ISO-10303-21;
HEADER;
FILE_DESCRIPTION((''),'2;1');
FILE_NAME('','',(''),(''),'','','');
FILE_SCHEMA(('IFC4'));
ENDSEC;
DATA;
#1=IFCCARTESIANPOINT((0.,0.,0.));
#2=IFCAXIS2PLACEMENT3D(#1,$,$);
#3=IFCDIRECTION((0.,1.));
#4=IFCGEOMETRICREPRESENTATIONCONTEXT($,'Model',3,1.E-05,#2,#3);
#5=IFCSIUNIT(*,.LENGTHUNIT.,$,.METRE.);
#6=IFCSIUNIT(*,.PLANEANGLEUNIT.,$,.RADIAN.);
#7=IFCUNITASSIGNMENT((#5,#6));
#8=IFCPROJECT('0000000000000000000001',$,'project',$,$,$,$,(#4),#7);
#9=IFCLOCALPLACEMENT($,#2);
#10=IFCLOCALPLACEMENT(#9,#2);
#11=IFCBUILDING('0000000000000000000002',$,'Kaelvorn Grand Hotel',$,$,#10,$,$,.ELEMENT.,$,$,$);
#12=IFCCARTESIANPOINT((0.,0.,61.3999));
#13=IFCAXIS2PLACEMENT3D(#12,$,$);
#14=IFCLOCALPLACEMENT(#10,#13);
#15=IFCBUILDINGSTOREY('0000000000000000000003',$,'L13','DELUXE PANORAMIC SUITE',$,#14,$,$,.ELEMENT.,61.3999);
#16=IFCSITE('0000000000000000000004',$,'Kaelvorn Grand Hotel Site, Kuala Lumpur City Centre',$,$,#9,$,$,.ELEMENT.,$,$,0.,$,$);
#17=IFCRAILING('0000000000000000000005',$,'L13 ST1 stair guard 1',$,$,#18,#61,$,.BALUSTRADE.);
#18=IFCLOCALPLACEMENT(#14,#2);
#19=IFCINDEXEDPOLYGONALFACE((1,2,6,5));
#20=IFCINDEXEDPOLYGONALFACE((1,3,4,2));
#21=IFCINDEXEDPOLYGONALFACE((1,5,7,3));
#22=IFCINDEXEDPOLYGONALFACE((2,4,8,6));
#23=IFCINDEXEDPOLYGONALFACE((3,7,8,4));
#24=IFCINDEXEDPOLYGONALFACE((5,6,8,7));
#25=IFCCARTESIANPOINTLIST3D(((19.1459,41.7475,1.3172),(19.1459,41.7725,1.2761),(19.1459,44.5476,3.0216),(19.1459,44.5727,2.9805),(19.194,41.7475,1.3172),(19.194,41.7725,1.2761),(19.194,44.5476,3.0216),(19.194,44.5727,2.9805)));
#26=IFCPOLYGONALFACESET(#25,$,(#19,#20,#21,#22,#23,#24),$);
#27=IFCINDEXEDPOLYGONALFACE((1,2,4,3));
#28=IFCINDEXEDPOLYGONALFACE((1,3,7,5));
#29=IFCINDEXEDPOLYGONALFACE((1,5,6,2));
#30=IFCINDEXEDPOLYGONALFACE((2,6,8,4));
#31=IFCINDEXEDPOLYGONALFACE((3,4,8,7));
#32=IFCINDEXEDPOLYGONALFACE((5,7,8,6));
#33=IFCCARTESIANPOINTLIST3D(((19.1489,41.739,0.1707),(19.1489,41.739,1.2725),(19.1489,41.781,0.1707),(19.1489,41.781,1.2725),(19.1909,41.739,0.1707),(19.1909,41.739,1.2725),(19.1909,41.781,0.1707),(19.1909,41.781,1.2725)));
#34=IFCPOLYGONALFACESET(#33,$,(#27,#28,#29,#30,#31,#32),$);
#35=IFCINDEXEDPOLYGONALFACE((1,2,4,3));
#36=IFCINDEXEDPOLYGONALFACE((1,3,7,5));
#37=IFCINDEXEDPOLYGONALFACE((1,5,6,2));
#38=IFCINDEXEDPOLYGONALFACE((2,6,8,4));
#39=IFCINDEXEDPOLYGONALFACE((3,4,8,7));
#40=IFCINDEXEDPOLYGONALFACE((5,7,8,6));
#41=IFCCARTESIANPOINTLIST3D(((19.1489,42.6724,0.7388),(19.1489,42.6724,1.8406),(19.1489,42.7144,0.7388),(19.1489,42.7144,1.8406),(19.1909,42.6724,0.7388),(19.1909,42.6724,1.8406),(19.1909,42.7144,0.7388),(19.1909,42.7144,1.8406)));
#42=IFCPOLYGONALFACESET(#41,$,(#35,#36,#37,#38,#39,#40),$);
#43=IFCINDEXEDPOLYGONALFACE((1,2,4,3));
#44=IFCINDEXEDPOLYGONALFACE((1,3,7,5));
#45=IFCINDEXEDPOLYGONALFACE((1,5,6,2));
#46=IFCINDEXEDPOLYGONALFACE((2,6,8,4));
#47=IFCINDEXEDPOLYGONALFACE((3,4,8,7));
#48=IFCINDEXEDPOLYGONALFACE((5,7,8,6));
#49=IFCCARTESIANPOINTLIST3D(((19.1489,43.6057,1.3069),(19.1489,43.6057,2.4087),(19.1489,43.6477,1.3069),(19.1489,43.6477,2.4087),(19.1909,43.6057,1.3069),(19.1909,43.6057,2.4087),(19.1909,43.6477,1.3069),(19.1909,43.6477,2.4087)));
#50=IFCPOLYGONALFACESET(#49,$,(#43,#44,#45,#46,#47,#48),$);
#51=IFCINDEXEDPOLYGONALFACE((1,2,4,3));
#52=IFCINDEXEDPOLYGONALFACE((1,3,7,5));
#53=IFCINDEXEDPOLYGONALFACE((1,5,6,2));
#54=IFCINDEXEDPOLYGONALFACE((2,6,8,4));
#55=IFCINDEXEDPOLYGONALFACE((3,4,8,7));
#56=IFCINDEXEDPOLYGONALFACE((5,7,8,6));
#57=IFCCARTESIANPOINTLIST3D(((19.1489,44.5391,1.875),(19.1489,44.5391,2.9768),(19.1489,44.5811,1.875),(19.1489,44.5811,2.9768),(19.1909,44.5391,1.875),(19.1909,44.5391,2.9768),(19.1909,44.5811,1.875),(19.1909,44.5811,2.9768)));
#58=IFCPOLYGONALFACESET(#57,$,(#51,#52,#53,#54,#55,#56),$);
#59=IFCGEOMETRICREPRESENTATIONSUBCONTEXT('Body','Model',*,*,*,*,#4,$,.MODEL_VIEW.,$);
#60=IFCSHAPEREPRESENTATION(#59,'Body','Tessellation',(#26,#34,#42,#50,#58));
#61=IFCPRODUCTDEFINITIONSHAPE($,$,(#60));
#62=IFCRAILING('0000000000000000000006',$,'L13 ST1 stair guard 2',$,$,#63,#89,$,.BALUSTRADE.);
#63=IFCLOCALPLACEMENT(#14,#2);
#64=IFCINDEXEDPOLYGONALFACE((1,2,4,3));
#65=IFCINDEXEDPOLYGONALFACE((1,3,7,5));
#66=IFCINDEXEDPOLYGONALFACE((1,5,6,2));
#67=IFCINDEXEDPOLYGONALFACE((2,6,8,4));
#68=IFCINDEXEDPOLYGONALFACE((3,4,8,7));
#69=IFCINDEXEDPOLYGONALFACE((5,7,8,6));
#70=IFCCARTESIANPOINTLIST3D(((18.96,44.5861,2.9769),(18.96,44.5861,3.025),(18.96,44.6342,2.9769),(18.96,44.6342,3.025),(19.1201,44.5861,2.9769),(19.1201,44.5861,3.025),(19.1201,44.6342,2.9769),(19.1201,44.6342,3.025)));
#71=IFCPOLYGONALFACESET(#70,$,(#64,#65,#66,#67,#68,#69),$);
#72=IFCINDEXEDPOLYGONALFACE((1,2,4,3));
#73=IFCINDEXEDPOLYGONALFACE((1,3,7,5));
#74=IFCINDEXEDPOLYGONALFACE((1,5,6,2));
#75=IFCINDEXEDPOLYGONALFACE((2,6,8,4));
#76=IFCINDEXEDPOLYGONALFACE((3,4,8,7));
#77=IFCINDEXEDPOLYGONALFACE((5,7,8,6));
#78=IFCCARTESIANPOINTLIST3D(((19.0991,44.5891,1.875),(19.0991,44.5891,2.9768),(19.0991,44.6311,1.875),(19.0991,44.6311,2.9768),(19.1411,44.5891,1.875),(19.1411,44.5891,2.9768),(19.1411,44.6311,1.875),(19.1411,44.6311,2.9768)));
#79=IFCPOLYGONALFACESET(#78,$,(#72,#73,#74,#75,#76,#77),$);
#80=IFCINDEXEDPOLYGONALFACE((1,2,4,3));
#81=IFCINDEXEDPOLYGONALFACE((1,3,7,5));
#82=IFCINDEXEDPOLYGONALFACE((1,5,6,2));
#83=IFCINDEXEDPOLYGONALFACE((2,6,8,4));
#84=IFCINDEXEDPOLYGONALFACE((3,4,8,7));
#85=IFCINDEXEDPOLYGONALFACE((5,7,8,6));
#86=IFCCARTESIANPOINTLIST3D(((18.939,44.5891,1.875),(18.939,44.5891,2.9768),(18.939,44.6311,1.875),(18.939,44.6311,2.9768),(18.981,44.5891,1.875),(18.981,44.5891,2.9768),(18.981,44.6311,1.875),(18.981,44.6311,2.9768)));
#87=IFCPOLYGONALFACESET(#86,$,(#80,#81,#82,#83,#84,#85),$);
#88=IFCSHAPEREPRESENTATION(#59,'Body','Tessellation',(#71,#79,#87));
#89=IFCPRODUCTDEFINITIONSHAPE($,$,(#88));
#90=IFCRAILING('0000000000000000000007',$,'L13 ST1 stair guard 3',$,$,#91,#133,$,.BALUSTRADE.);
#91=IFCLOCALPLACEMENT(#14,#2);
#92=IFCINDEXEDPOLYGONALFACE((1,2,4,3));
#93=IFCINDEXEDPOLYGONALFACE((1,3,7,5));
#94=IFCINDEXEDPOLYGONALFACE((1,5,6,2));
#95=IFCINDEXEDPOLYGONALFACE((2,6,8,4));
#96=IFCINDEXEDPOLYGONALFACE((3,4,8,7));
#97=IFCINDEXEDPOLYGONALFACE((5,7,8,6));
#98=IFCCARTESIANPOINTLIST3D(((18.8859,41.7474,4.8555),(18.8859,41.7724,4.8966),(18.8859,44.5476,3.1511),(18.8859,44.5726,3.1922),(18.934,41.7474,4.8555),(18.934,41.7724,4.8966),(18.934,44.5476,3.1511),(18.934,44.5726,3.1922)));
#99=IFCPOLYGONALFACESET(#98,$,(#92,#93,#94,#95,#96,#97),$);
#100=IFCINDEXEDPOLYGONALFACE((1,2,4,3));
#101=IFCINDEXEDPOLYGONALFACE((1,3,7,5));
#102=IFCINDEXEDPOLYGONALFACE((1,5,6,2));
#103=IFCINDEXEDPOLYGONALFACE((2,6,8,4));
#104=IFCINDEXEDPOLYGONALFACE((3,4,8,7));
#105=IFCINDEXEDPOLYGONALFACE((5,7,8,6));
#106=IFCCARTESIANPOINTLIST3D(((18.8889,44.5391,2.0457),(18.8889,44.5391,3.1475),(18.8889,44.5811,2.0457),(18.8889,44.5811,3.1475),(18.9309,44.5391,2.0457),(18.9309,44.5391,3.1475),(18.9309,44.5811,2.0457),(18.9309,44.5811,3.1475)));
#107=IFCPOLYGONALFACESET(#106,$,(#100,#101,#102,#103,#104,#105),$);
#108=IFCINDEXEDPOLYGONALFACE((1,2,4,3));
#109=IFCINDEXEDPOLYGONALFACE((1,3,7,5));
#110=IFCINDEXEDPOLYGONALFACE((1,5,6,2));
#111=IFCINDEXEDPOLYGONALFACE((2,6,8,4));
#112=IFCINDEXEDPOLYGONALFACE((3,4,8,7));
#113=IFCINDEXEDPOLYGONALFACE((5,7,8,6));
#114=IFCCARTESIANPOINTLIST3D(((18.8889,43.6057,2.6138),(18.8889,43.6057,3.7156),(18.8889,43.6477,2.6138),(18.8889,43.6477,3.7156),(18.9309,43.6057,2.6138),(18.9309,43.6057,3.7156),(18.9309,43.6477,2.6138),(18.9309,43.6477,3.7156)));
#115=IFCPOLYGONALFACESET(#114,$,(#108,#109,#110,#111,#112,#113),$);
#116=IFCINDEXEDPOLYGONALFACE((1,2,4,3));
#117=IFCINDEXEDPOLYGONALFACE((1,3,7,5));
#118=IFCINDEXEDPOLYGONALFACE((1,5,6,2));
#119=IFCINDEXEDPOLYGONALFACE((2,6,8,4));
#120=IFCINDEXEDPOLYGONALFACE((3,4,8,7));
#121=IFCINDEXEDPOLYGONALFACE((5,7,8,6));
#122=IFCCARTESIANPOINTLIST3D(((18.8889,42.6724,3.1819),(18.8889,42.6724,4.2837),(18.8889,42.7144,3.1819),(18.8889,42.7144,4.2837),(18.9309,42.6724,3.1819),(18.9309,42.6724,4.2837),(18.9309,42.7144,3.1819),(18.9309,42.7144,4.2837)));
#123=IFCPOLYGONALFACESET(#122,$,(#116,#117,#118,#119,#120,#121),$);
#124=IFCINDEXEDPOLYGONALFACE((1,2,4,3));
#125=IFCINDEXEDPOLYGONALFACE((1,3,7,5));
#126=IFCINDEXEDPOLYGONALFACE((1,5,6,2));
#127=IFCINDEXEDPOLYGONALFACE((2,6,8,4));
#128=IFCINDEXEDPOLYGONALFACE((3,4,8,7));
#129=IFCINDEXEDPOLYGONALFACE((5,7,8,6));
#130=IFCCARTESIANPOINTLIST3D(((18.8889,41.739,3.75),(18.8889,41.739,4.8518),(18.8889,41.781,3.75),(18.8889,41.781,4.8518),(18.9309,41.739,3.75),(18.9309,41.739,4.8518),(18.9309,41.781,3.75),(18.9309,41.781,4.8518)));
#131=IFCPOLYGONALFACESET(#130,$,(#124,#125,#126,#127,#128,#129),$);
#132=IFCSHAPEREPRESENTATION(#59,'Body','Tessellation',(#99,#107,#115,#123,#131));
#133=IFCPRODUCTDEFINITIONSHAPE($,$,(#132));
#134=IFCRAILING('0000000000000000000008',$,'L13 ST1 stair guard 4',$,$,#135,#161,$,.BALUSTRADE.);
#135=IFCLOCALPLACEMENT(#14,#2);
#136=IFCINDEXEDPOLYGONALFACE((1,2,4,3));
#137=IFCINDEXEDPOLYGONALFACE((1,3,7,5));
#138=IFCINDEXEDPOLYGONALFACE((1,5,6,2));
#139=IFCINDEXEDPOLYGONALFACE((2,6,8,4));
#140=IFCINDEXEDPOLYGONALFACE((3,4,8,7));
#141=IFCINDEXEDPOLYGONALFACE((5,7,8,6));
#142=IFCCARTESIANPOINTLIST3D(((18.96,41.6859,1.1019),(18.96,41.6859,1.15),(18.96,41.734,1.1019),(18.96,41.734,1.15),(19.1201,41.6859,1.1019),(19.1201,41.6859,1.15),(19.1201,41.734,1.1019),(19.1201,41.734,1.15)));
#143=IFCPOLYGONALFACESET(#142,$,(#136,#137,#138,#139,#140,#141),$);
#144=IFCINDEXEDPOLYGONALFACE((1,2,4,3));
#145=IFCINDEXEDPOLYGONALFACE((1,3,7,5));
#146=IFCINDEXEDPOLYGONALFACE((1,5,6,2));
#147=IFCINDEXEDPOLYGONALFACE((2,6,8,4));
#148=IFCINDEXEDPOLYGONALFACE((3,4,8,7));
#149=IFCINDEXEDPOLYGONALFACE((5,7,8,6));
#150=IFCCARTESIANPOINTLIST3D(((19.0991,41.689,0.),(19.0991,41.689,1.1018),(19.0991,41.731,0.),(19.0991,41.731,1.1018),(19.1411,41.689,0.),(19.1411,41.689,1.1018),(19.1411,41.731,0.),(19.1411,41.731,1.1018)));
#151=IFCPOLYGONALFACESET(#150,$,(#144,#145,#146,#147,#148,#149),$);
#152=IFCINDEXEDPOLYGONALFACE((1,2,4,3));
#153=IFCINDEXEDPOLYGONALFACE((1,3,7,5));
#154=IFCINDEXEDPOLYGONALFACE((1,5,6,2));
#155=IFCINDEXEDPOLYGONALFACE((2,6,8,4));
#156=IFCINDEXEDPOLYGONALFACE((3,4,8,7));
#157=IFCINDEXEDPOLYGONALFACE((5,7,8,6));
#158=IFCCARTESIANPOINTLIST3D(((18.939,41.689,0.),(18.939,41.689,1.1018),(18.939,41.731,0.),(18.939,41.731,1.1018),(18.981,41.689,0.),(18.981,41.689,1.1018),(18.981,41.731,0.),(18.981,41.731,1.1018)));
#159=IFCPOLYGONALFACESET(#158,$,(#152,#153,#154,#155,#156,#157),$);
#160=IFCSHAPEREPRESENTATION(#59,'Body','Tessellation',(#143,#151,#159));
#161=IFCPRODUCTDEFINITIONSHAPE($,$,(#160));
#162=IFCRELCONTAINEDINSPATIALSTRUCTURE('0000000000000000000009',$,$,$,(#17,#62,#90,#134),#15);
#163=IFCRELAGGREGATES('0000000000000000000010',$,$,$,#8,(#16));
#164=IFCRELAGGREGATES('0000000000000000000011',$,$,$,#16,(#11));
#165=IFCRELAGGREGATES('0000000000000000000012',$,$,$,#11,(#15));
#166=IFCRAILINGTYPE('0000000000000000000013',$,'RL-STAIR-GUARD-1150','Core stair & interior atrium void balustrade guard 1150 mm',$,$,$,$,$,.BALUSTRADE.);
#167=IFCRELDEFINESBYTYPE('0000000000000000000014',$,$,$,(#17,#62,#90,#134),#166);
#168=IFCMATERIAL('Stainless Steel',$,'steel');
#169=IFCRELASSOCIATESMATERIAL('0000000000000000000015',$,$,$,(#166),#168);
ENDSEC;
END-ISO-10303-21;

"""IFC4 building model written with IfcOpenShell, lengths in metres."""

from ifc_helpers import new_model, si_unit, direction, frame, origin, origin_2d, place, context, subcontext, project, spatial, rectangle, extrude, material, type_object, element, save


model = new_model("IFC4")

# Units and contexts
model_context = context("Model", 3, precision=1e-05, world=origin(), true_north=direction((0.0, 1.0)))
body_context = subcontext(model_context, "Body", "Model", "MODEL_VIEW")
ifc_project = project(units=[si_unit("LENGTHUNIT", "METRE"), si_unit("PLANEANGLEUNIT", "RADIAN")], contexts=[model_context])

# Site, building, storey
site_placement = place(None, origin())
site = spatial("IfcSite", under=ifc_project, at=site_placement, Name="Kaelvorn Grand Hotel Site, Kuala Lumpur City Centre", CompositionType="ELEMENT", RefElevation=0.0)
building_placement = place(site_placement, origin())
building = spatial("IfcBuilding", under=site, at=building_placement, Name="Kaelvorn Grand Hotel", CompositionType="ELEMENT")
storey_placement = place(building_placement, frame((0.0, 0.0, 61.3999)))
storey = spatial("IfcBuildingStorey", under=building, at=storey_placement, Name="L13", Description="DELUXE PANORAMIC SUITE", CompositionType="ELEMENT", Elevation=61.3999)

# Railings
ifc_material_1 = material(Name="Stainless Steel", Category="steel")
railing_type_1 = type_object("IfcRailingType", Name="RL-STAIR-GUARD-1150", Description="Core stair & interior atrium void balustrade guard 1150 mm", PredefinedType="BALUSTRADE", material=ifc_material_1)
railing_1_placement = place(storey_placement, frame((19.1699, 41.76, 0.1707)))
element("IfcRailing", 1, at=railing_1_placement, inside=storey, type_object=railing_type_1, Name="L13 ST1 stair guard 1", PredefinedType="BALUSTRADE", context=body_context, shape_type="SweptSolid", body=[
    extrude(rectangle(XDim=0.0481, YDim=0.0481, at=origin_2d()), frame((0.0, 0.0, 1.126), z_axis=(0.0, 0.854203, 0.51994), x_axis=(-1.0, 0.0, 0.0)), (0.0, 0.0, 1.0), 3.2781),
    extrude(rectangle(XDim=0.042, YDim=0.042, at=origin_2d()), origin(), (0.0, 0.0, 1.0), 1.1018),
    extrude(rectangle(XDim=0.042, YDim=0.042, at=origin_2d()), frame((0.0, 0.9333, 0.5681)), (0.0, 0.0, 1.0), 1.1018),
    extrude(rectangle(XDim=0.042, YDim=0.042, at=origin_2d()), frame((0.0, 1.8667, 1.1362)), (0.0, 0.0, 1.0), 1.1018),
    extrude(rectangle(XDim=0.042, YDim=0.042, at=origin_2d()), frame((0.0, 2.8, 1.7043)), (0.0, 0.0, 1.0), 1.1018),
])
railing_2_placement = place(storey_placement, frame((19.1201, 44.6101, 1.875)))
element("IfcRailing", 2, at=railing_2_placement, inside=storey, type_object=railing_type_1, Name="L13 ST1 stair guard 2", PredefinedType="BALUSTRADE", context=body_context, shape_type="SweptSolid", body=[
    extrude(rectangle(XDim=0.0481, YDim=0.0481, at=origin_2d()), frame((0.0, 0.0, 1.126), z_axis=(-1.0, 0.0, 0.0), x_axis=(0.0, -1.0, 0.0)), (0.0, 0.0, 1.0), 0.1602),
    extrude(rectangle(XDim=0.042, YDim=0.042, at=origin_2d()), origin(), (0.0, 0.0, 1.0), 1.1018),
    extrude(rectangle(XDim=0.042, YDim=0.042, at=origin_2d()), frame((-0.1602, 0.0, 0.0)), (0.0, 0.0, 1.0), 1.1018),
])
railing_3_placement = place(storey_placement, frame((18.9099, 44.5601, 2.0457)))
element("IfcRailing", 3, at=railing_3_placement, inside=storey, type_object=railing_type_1, Name="L13 ST1 stair guard 3", PredefinedType="BALUSTRADE", context=body_context, shape_type="SweptSolid", body=[
    extrude(rectangle(XDim=0.0481, YDim=0.0481, at=origin_2d()), frame((0.0, 0.0, 1.126), z_axis=(0.0, -0.854203, 0.51994), x_axis=(1.0, 0.0, 0.0)), (0.0, 0.0, 1.0), 3.2781),
    extrude(rectangle(XDim=0.042, YDim=0.042, at=origin_2d()), origin(), (0.0, 0.0, 1.0), 1.1018),
    extrude(rectangle(XDim=0.042, YDim=0.042, at=origin_2d()), frame((0.0, -0.9333, 0.5681)), (0.0, 0.0, 1.0), 1.1018),
    extrude(rectangle(XDim=0.042, YDim=0.042, at=origin_2d()), frame((0.0, -1.8667, 1.1362)), (0.0, 0.0, 1.0), 1.1018),
    extrude(rectangle(XDim=0.042, YDim=0.042, at=origin_2d()), frame((0.0, -2.8, 1.7043)), (0.0, 0.0, 1.0), 1.1018),
])
railing_4_placement = place(storey_placement, frame((19.1201, 41.71, 0.0)))
element("IfcRailing", 4, at=railing_4_placement, inside=storey, type_object=railing_type_1, Name="L13 ST1 stair guard 4", PredefinedType="BALUSTRADE", context=body_context, shape_type="SweptSolid", body=[
    extrude(rectangle(XDim=0.0481, YDim=0.0481, at=origin_2d()), frame((0.0, 0.0, 1.126), z_axis=(-1.0, 0.0, 0.0), x_axis=(0.0, -1.0, 0.0)), (0.0, 0.0, 1.0), 0.1602),
    extrude(rectangle(XDim=0.042, YDim=0.042, at=origin_2d()), origin(), (0.0, 0.0, 1.0), 1.1018),
    extrude(rectangle(XDim=0.042, YDim=0.042, at=origin_2d()), frame((-0.1602, 0.0, 0.0)), (0.0, 0.0, 1.0), 1.1018),
])

save(model, "model.ifc")
